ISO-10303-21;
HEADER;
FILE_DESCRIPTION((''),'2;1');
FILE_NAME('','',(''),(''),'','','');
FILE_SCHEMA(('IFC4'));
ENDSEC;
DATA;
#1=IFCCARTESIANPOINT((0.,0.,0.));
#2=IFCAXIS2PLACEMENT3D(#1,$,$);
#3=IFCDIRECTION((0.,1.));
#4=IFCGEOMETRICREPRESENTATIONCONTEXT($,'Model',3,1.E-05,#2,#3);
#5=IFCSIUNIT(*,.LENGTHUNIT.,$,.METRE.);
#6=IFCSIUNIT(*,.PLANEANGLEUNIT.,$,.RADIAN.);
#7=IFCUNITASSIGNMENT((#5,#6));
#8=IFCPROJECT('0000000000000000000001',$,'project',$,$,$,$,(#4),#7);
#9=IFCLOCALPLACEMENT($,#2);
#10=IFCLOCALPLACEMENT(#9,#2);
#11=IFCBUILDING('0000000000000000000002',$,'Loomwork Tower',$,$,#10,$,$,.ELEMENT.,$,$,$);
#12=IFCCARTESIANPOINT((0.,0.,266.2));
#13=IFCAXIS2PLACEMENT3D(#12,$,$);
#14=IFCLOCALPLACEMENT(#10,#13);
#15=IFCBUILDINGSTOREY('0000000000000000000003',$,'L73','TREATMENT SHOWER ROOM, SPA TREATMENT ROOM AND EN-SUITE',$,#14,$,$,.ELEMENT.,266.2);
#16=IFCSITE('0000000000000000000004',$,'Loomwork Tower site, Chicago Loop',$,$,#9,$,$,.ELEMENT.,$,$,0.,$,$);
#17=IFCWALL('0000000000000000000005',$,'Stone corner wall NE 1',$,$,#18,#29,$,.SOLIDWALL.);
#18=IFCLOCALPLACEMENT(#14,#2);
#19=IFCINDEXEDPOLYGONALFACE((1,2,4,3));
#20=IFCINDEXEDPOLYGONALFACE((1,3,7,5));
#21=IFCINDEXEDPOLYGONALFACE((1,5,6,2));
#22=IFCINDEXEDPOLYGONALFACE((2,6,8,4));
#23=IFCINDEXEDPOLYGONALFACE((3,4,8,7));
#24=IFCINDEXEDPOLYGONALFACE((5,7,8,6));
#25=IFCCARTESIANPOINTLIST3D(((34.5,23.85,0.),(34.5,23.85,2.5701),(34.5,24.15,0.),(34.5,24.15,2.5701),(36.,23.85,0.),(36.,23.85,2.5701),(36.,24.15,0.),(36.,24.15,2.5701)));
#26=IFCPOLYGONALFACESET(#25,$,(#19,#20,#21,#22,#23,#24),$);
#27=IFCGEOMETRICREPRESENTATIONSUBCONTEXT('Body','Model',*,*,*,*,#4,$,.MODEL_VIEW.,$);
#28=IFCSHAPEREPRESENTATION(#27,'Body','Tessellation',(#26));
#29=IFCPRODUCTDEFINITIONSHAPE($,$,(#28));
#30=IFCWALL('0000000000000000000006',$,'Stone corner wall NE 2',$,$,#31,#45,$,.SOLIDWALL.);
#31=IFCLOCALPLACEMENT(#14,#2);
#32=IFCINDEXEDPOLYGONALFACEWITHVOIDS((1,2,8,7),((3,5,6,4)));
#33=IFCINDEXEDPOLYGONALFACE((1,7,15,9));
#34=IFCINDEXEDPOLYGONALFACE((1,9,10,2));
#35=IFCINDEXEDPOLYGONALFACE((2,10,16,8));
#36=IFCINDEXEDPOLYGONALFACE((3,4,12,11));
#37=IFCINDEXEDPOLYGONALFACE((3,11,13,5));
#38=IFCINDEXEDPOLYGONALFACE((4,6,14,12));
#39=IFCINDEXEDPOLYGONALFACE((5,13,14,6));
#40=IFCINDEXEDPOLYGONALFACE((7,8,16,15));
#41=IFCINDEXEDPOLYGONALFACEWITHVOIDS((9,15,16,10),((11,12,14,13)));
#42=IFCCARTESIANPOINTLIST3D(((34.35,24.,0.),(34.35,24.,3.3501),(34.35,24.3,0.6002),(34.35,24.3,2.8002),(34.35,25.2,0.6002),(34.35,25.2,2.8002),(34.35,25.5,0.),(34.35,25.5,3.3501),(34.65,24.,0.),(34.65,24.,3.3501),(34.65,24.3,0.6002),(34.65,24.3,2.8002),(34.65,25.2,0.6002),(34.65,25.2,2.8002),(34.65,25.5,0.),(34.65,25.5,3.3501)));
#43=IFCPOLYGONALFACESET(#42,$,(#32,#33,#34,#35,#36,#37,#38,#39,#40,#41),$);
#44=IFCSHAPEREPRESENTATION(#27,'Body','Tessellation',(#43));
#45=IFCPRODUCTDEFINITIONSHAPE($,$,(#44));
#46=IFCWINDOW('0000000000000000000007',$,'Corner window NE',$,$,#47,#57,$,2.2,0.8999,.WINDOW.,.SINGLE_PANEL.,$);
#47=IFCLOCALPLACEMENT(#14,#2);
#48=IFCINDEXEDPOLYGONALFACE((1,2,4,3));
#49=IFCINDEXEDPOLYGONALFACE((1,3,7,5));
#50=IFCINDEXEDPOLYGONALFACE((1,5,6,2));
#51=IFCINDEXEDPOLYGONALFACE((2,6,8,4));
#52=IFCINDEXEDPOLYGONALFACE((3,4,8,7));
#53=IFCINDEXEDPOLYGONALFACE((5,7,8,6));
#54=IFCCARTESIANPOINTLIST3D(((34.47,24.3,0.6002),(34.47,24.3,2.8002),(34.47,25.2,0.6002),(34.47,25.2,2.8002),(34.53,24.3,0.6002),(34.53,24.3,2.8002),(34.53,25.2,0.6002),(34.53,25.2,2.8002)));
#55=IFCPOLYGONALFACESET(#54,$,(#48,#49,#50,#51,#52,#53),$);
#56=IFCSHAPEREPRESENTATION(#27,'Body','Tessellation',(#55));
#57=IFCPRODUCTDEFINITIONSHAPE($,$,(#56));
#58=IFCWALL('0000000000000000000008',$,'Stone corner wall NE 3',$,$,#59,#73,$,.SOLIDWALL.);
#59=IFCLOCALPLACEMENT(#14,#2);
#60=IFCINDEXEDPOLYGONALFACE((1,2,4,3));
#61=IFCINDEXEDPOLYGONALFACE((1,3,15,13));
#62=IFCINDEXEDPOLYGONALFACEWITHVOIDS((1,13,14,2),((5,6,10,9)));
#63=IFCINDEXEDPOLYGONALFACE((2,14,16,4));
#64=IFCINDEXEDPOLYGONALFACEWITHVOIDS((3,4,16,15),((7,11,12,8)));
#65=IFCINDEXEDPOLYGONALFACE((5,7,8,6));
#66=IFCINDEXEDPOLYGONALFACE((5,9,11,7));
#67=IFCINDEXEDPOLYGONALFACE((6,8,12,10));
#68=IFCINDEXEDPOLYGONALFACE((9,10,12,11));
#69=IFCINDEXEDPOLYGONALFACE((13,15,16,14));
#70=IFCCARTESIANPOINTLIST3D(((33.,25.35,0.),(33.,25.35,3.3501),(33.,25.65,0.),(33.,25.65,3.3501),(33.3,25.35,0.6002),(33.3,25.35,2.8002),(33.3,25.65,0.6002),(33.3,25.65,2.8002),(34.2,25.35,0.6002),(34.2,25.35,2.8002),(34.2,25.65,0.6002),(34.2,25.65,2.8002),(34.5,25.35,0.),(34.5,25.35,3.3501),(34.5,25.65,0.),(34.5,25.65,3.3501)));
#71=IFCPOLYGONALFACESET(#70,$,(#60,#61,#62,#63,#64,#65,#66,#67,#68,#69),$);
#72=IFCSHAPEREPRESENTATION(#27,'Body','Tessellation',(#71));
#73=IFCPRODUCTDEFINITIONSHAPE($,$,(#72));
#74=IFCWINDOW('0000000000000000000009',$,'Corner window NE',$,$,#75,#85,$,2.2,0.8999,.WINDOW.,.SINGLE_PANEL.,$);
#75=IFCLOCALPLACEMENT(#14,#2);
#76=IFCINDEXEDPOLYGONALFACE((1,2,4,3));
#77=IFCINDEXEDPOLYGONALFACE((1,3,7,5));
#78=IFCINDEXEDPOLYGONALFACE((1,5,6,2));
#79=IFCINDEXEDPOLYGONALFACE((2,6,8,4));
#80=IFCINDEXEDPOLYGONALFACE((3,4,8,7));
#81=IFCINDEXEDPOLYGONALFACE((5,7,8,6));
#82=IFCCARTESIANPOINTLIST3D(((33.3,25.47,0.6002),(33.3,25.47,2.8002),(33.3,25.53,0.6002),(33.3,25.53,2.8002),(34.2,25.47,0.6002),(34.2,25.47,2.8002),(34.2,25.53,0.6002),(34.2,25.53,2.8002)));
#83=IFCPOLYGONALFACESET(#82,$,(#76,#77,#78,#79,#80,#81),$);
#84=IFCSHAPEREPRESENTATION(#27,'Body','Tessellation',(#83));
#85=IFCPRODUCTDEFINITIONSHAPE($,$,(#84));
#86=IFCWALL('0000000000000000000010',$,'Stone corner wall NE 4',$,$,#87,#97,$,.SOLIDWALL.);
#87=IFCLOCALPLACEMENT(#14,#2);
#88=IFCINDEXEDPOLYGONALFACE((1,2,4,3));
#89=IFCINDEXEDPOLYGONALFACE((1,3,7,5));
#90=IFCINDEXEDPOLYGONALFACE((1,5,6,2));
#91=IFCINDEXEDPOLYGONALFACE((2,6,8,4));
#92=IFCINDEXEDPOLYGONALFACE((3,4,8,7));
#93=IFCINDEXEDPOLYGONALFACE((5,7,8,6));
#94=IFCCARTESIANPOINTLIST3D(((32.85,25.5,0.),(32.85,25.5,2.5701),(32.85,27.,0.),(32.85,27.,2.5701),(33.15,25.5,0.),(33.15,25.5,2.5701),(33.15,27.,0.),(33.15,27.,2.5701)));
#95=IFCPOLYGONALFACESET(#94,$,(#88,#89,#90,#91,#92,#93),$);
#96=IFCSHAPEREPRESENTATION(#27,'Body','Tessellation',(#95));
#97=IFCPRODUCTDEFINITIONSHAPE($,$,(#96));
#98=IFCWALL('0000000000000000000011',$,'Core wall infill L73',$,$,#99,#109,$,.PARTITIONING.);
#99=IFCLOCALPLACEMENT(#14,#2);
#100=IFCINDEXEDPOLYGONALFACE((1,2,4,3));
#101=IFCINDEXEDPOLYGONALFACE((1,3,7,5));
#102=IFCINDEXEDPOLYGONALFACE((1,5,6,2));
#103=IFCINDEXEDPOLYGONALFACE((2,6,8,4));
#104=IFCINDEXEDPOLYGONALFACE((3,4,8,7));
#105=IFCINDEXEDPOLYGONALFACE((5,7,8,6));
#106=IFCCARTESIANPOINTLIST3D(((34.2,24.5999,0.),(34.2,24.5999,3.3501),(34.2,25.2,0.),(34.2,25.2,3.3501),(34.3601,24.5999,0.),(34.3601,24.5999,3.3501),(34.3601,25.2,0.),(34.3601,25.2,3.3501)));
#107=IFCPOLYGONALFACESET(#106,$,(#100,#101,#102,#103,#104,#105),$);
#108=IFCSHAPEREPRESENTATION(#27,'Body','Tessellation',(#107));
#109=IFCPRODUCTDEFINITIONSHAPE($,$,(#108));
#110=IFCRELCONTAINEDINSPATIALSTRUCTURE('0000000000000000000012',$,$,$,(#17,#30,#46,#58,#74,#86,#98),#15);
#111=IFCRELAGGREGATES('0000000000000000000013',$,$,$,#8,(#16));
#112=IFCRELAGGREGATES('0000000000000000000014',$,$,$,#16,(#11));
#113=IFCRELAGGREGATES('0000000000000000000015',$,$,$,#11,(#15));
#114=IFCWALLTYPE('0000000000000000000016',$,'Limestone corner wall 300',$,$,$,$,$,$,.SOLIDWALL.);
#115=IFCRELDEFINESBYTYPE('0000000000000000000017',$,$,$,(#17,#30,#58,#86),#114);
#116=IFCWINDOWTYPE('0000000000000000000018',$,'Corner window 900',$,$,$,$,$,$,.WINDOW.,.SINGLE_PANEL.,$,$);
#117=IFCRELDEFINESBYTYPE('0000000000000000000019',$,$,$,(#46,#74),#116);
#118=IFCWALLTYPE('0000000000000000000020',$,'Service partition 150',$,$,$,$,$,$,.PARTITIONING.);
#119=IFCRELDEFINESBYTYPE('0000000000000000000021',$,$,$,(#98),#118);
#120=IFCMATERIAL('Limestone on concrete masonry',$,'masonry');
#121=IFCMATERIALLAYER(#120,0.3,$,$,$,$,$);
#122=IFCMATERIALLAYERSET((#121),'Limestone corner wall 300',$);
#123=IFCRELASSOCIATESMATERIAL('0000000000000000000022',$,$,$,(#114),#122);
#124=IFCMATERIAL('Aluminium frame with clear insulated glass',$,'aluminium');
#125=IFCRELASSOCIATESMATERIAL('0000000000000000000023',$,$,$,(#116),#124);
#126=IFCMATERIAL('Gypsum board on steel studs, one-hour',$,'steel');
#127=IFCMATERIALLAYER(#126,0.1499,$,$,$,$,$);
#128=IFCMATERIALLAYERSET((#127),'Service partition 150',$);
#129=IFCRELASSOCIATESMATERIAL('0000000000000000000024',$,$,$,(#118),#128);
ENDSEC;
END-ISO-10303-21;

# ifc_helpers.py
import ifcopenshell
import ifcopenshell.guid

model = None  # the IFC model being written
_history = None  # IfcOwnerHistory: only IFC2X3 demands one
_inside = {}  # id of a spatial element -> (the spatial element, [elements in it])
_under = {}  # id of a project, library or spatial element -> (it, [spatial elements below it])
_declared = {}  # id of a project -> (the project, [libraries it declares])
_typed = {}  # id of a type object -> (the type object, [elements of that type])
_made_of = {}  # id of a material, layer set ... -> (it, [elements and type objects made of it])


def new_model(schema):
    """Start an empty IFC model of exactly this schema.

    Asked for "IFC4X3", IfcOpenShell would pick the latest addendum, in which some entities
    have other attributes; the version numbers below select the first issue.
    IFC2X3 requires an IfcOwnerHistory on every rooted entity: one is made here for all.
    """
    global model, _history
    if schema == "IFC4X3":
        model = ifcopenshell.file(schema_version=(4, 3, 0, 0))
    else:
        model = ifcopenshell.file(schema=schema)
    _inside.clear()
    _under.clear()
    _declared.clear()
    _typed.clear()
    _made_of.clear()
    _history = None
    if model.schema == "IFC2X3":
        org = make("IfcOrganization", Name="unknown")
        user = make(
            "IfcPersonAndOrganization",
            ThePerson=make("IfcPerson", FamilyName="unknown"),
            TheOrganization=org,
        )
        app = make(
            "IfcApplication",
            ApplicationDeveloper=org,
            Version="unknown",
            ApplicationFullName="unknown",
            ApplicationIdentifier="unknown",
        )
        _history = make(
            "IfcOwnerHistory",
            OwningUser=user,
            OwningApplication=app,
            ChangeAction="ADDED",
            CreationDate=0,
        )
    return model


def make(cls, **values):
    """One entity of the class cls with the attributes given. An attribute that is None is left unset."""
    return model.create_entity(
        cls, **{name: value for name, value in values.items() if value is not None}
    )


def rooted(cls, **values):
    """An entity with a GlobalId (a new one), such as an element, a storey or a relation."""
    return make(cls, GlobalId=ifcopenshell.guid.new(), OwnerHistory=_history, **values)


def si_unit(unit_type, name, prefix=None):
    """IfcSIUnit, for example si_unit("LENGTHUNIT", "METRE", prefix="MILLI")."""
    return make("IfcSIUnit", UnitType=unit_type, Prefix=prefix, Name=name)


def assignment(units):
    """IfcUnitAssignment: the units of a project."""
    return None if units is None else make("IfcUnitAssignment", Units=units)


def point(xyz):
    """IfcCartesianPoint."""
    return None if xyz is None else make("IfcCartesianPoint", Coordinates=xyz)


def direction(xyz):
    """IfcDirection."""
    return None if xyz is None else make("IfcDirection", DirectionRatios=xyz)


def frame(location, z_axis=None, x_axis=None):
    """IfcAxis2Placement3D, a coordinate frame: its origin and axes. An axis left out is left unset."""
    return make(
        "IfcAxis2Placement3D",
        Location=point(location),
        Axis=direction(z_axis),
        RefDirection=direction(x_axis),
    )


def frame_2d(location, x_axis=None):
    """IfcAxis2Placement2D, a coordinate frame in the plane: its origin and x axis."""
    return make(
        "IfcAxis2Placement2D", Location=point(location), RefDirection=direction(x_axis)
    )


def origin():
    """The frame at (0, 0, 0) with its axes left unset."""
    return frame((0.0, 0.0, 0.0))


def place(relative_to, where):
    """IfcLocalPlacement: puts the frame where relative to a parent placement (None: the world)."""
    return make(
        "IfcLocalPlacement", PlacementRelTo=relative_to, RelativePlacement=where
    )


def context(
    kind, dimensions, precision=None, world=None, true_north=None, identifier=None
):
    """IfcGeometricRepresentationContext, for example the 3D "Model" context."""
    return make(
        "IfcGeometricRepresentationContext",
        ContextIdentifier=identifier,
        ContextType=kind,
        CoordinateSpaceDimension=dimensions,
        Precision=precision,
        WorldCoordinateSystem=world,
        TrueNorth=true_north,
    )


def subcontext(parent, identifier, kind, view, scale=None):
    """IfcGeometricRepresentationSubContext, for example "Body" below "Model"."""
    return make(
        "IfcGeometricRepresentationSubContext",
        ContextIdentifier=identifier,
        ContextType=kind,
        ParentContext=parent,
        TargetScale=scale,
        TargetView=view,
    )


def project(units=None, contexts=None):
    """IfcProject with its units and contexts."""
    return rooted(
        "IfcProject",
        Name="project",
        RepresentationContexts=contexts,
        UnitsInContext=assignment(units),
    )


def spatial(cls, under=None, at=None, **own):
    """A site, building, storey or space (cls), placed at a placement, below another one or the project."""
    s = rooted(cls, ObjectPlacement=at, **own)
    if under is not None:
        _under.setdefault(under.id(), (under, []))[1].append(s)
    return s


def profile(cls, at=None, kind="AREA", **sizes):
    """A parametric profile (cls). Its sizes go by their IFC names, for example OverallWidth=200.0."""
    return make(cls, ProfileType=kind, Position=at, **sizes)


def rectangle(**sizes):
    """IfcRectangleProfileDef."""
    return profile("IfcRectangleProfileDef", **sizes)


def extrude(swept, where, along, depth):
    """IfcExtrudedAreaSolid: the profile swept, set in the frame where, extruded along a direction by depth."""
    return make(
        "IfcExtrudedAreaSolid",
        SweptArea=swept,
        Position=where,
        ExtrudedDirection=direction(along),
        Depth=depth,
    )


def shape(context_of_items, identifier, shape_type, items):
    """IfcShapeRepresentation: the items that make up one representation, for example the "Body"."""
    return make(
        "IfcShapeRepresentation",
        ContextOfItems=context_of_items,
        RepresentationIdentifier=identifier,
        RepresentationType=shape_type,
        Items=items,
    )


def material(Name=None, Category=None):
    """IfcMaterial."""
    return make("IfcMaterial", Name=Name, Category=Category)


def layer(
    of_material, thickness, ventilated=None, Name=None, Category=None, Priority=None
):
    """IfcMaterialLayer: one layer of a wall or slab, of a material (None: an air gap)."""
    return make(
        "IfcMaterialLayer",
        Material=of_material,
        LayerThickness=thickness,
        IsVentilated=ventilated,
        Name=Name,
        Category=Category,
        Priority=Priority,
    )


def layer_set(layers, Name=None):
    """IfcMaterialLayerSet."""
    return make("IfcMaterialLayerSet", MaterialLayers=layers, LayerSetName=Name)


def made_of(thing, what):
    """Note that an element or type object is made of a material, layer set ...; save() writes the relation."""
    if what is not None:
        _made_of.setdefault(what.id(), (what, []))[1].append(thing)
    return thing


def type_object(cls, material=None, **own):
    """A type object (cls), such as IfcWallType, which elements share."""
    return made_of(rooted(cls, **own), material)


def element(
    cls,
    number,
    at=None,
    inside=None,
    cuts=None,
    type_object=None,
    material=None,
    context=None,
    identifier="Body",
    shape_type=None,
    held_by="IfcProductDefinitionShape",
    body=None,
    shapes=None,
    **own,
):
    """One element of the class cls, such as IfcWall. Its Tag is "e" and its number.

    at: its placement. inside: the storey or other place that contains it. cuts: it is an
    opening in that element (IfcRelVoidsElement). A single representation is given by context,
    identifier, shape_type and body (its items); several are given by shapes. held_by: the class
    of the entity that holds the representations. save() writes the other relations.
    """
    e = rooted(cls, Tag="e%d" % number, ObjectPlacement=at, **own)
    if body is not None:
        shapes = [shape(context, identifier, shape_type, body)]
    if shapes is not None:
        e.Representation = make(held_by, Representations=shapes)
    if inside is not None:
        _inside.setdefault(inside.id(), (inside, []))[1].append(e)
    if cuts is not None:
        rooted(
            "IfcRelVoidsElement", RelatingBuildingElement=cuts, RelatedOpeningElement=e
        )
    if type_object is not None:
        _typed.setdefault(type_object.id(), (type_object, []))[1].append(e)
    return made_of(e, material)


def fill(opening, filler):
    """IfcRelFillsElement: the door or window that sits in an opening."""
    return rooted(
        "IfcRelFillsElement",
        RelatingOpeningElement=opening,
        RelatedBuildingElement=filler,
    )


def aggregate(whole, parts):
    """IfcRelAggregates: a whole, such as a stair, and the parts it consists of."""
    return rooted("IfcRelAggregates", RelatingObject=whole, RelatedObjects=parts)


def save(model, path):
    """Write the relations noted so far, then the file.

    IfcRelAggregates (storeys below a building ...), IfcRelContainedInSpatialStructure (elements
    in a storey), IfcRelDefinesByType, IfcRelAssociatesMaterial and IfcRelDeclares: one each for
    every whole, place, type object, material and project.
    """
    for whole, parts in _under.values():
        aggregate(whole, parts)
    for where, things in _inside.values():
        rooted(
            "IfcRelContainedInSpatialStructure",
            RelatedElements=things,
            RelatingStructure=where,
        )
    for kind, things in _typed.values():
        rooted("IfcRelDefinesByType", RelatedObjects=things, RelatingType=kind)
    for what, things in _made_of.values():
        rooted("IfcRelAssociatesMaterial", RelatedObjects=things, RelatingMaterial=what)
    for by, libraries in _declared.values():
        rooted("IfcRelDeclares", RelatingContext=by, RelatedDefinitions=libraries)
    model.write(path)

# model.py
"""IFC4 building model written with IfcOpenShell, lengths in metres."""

from ifc_helpers import new_model, si_unit, direction, frame, frame_2d, origin, place, context, subcontext, project, spatial, rectangle, extrude, material, layer, layer_set, type_object, element, fill, save


model = new_model("IFC4")

# Units and contexts
model_context = context("Model", 3, precision=1e-05, world=origin(), true_north=direction((0.0, 1.0)))
body_context = subcontext(model_context, "Body", "Model", "MODEL_VIEW")
ifc_project = project(units=[si_unit("LENGTHUNIT", "METRE"), si_unit("PLANEANGLEUNIT", "RADIAN")], contexts=[model_context])

# Site, building, storey
site_placement = place(None, origin())
site = spatial("IfcSite", under=ifc_project, at=site_placement, Name="Loomwork Tower site, Chicago Loop", CompositionType="ELEMENT", RefElevation=0.0)
building_placement = place(site_placement, origin())
building = spatial("IfcBuilding", under=site, at=building_placement, Name="Loomwork Tower", CompositionType="ELEMENT")
storey_placement = place(building_placement, frame((0.0, 0.0, 266.2)))
storey = spatial("IfcBuildingStorey", under=building, at=storey_placement, Name="L73", Description="TREATMENT SHOWER ROOM, SPA TREATMENT ROOM AND EN-SUITE", CompositionType="ELEMENT", Elevation=266.2)

# Wall
ifc_material_1 = material(Name="Limestone on concrete masonry", Category="masonry")
ifc_layer_1 = layer(ifc_material_1, 0.3)
ifc_layer_set_1 = layer_set([ifc_layer_1], Name="Limestone corner wall 300")
wall_type_1 = type_object("IfcWallType", Name="Limestone corner wall 300", PredefinedType="SOLIDWALL", material=ifc_layer_set_1)
wall_1_placement = place(storey_placement, frame((36.0, 24.0, 0.0), z_axis=(0.0, 0.0, 1.0), x_axis=(-1.0, 0.0, 0.0)))
element("IfcWall", 1, at=wall_1_placement, inside=storey, type_object=wall_type_1, Name="Stone corner wall NE 1", PredefinedType="SOLIDWALL", context=body_context, shape_type="SweptSolid", body=[
    extrude(rectangle(XDim=1.5, YDim=0.3, at=frame_2d((0.75, 0.0))), origin(), (0.0, 0.0, 1.0), 2.5701),
])

# Walls, openings, windows
wall_2_placement = place(storey_placement, frame((34.5, 24.0, 0.0), z_axis=(0.0, 0.0, 1.0), x_axis=(0.0, 1.0, 0.0)))
wall_2 = element("IfcWall", 2, at=wall_2_placement, inside=storey, type_object=wall_type_1, Name="Stone corner wall NE 2", PredefinedType="SOLIDWALL", context=body_context, shape_type="SweptSolid", body=[
    extrude(rectangle(XDim=1.5, YDim=0.3, at=frame_2d((0.75, 0.0))), origin(), (0.0, 0.0, 1.0), 3.3501),
])
opening_1_placement = place(wall_2_placement, frame((0.3, 0.0, 0.6001)))
opening_1 = element("IfcOpeningElement", 3, at=opening_1_placement, cuts=wall_2, PredefinedType="OPENING", context=body_context, shape_type="SweptSolid", body=[
    extrude(rectangle(XDim=0.8999, YDim=2.2, at=frame_2d((0.45, 1.1001))), frame((0.0, 0.1599, 0.0), z_axis=(0.0, -1.0, 0.0), x_axis=(1.0, 0.0, 0.0)), (0.0, 0.0, 1.0), 0.3201),
])
ifc_material_2 = material(Name="Aluminium frame with clear insulated glass", Category="aluminium")
window_type = type_object("IfcWindowType", Name="Corner window 900", PartitioningType="SINGLE_PANEL", PredefinedType="WINDOW", material=ifc_material_2)
window_1_placement = place(opening_1_placement, origin())
window_1 = element("IfcWindow", 4, at=window_1_placement, inside=storey, type_object=window_type, Name="Corner window NE", OverallHeight=2.2, OverallWidth=0.8999, PartitioningType="SINGLE_PANEL", PredefinedType="WINDOW", context=body_context, shape_type="SweptSolid", body=[
    extrude(rectangle(XDim=0.8999, YDim=2.2, at=frame_2d((0.45, 1.1001))), frame((0.0, 0.03, 0.0), z_axis=(0.0, -1.0, 0.0), x_axis=(1.0, 0.0, 0.0)), (0.0, 0.0, 1.0), 0.0601),
])
fill(opening_1, window_1)
wall_3_placement = place(storey_placement, frame((34.5, 25.5, 0.0), z_axis=(0.0, 0.0, 1.0), x_axis=(-1.0, 0.0, 0.0)))
wall_3 = element("IfcWall", 5, at=wall_3_placement, inside=storey, type_object=wall_type_1, Name="Stone corner wall NE 3", PredefinedType="SOLIDWALL", context=body_context, shape_type="SweptSolid", body=[
    extrude(rectangle(XDim=1.5, YDim=0.3, at=frame_2d((0.75, 0.0))), origin(), (0.0, 0.0, 1.0), 3.3501),
])
opening_2_placement = place(wall_3_placement, frame((0.3, 0.0, 0.6001)))
opening_2 = element("IfcOpeningElement", 6, at=opening_2_placement, cuts=wall_3, PredefinedType="OPENING", context=body_context, shape_type="SweptSolid", body=[
    extrude(rectangle(XDim=0.8999, YDim=2.2, at=frame_2d((0.45, 1.1001))), frame((0.0, 0.1599, 0.0), z_axis=(0.0, -1.0, 0.0), x_axis=(1.0, 0.0, 0.0)), (0.0, 0.0, 1.0), 0.3201),
])
window_2_placement = place(opening_2_placement, origin())
window_2 = element("IfcWindow", 7, at=window_2_placement, inside=storey, type_object=window_type, Name="Corner window NE", OverallHeight=2.2, OverallWidth=0.8999, PartitioningType="SINGLE_PANEL", PredefinedType="WINDOW", context=body_context, shape_type="SweptSolid", body=[
    extrude(rectangle(XDim=0.8999, YDim=2.2, at=frame_2d((0.45, 1.1001))), frame((0.0, 0.03, 0.0), z_axis=(0.0, -1.0, 0.0), x_axis=(1.0, 0.0, 0.0)), (0.0, 0.0, 1.0), 0.0601),
])
fill(opening_2, window_2)

# Walls
wall_4_placement = place(storey_placement, frame((33.0, 25.5, 0.0), z_axis=(0.0, 0.0, 1.0), x_axis=(0.0, 1.0, 0.0)))
element("IfcWall", 8, at=wall_4_placement, inside=storey, type_object=wall_type_1, Name="Stone corner wall NE 4", PredefinedType="SOLIDWALL", context=body_context, shape_type="SweptSolid", body=[
    extrude(rectangle(XDim=1.5, YDim=0.3, at=frame_2d((0.75, 0.0))), origin(), (0.0, 0.0, 1.0), 2.5701),
])
ifc_material_3 = material(Name="Gypsum board on steel studs, one-hour", Category="steel")
ifc_layer_2 = layer(ifc_material_3, 0.1499)
ifc_layer_set_2 = layer_set([ifc_layer_2], Name="Service partition 150")
wall_type_2 = type_object("IfcWallType", Name="Service partition 150", PredefinedType="PARTITIONING", material=ifc_layer_set_2)
wall_5_placement = place(storey_placement, frame((34.2, 24.8999, 0.0), z_axis=(0.0, 0.0, 1.0), x_axis=(1.0, 0.0, 0.0)))
element("IfcWall", 9, at=wall_5_placement, inside=storey, type_object=wall_type_2, Name="Core wall infill L73", PredefinedType="PARTITIONING", context=body_context, shape_type="SweptSolid", body=[
    extrude(rectangle(XDim=0.1602, YDim=0.6001, at=frame_2d((0.0801, 0.0))), origin(), (0.0, 0.0, 1.0), 3.3501),
])

save(model, "model.ifc")
